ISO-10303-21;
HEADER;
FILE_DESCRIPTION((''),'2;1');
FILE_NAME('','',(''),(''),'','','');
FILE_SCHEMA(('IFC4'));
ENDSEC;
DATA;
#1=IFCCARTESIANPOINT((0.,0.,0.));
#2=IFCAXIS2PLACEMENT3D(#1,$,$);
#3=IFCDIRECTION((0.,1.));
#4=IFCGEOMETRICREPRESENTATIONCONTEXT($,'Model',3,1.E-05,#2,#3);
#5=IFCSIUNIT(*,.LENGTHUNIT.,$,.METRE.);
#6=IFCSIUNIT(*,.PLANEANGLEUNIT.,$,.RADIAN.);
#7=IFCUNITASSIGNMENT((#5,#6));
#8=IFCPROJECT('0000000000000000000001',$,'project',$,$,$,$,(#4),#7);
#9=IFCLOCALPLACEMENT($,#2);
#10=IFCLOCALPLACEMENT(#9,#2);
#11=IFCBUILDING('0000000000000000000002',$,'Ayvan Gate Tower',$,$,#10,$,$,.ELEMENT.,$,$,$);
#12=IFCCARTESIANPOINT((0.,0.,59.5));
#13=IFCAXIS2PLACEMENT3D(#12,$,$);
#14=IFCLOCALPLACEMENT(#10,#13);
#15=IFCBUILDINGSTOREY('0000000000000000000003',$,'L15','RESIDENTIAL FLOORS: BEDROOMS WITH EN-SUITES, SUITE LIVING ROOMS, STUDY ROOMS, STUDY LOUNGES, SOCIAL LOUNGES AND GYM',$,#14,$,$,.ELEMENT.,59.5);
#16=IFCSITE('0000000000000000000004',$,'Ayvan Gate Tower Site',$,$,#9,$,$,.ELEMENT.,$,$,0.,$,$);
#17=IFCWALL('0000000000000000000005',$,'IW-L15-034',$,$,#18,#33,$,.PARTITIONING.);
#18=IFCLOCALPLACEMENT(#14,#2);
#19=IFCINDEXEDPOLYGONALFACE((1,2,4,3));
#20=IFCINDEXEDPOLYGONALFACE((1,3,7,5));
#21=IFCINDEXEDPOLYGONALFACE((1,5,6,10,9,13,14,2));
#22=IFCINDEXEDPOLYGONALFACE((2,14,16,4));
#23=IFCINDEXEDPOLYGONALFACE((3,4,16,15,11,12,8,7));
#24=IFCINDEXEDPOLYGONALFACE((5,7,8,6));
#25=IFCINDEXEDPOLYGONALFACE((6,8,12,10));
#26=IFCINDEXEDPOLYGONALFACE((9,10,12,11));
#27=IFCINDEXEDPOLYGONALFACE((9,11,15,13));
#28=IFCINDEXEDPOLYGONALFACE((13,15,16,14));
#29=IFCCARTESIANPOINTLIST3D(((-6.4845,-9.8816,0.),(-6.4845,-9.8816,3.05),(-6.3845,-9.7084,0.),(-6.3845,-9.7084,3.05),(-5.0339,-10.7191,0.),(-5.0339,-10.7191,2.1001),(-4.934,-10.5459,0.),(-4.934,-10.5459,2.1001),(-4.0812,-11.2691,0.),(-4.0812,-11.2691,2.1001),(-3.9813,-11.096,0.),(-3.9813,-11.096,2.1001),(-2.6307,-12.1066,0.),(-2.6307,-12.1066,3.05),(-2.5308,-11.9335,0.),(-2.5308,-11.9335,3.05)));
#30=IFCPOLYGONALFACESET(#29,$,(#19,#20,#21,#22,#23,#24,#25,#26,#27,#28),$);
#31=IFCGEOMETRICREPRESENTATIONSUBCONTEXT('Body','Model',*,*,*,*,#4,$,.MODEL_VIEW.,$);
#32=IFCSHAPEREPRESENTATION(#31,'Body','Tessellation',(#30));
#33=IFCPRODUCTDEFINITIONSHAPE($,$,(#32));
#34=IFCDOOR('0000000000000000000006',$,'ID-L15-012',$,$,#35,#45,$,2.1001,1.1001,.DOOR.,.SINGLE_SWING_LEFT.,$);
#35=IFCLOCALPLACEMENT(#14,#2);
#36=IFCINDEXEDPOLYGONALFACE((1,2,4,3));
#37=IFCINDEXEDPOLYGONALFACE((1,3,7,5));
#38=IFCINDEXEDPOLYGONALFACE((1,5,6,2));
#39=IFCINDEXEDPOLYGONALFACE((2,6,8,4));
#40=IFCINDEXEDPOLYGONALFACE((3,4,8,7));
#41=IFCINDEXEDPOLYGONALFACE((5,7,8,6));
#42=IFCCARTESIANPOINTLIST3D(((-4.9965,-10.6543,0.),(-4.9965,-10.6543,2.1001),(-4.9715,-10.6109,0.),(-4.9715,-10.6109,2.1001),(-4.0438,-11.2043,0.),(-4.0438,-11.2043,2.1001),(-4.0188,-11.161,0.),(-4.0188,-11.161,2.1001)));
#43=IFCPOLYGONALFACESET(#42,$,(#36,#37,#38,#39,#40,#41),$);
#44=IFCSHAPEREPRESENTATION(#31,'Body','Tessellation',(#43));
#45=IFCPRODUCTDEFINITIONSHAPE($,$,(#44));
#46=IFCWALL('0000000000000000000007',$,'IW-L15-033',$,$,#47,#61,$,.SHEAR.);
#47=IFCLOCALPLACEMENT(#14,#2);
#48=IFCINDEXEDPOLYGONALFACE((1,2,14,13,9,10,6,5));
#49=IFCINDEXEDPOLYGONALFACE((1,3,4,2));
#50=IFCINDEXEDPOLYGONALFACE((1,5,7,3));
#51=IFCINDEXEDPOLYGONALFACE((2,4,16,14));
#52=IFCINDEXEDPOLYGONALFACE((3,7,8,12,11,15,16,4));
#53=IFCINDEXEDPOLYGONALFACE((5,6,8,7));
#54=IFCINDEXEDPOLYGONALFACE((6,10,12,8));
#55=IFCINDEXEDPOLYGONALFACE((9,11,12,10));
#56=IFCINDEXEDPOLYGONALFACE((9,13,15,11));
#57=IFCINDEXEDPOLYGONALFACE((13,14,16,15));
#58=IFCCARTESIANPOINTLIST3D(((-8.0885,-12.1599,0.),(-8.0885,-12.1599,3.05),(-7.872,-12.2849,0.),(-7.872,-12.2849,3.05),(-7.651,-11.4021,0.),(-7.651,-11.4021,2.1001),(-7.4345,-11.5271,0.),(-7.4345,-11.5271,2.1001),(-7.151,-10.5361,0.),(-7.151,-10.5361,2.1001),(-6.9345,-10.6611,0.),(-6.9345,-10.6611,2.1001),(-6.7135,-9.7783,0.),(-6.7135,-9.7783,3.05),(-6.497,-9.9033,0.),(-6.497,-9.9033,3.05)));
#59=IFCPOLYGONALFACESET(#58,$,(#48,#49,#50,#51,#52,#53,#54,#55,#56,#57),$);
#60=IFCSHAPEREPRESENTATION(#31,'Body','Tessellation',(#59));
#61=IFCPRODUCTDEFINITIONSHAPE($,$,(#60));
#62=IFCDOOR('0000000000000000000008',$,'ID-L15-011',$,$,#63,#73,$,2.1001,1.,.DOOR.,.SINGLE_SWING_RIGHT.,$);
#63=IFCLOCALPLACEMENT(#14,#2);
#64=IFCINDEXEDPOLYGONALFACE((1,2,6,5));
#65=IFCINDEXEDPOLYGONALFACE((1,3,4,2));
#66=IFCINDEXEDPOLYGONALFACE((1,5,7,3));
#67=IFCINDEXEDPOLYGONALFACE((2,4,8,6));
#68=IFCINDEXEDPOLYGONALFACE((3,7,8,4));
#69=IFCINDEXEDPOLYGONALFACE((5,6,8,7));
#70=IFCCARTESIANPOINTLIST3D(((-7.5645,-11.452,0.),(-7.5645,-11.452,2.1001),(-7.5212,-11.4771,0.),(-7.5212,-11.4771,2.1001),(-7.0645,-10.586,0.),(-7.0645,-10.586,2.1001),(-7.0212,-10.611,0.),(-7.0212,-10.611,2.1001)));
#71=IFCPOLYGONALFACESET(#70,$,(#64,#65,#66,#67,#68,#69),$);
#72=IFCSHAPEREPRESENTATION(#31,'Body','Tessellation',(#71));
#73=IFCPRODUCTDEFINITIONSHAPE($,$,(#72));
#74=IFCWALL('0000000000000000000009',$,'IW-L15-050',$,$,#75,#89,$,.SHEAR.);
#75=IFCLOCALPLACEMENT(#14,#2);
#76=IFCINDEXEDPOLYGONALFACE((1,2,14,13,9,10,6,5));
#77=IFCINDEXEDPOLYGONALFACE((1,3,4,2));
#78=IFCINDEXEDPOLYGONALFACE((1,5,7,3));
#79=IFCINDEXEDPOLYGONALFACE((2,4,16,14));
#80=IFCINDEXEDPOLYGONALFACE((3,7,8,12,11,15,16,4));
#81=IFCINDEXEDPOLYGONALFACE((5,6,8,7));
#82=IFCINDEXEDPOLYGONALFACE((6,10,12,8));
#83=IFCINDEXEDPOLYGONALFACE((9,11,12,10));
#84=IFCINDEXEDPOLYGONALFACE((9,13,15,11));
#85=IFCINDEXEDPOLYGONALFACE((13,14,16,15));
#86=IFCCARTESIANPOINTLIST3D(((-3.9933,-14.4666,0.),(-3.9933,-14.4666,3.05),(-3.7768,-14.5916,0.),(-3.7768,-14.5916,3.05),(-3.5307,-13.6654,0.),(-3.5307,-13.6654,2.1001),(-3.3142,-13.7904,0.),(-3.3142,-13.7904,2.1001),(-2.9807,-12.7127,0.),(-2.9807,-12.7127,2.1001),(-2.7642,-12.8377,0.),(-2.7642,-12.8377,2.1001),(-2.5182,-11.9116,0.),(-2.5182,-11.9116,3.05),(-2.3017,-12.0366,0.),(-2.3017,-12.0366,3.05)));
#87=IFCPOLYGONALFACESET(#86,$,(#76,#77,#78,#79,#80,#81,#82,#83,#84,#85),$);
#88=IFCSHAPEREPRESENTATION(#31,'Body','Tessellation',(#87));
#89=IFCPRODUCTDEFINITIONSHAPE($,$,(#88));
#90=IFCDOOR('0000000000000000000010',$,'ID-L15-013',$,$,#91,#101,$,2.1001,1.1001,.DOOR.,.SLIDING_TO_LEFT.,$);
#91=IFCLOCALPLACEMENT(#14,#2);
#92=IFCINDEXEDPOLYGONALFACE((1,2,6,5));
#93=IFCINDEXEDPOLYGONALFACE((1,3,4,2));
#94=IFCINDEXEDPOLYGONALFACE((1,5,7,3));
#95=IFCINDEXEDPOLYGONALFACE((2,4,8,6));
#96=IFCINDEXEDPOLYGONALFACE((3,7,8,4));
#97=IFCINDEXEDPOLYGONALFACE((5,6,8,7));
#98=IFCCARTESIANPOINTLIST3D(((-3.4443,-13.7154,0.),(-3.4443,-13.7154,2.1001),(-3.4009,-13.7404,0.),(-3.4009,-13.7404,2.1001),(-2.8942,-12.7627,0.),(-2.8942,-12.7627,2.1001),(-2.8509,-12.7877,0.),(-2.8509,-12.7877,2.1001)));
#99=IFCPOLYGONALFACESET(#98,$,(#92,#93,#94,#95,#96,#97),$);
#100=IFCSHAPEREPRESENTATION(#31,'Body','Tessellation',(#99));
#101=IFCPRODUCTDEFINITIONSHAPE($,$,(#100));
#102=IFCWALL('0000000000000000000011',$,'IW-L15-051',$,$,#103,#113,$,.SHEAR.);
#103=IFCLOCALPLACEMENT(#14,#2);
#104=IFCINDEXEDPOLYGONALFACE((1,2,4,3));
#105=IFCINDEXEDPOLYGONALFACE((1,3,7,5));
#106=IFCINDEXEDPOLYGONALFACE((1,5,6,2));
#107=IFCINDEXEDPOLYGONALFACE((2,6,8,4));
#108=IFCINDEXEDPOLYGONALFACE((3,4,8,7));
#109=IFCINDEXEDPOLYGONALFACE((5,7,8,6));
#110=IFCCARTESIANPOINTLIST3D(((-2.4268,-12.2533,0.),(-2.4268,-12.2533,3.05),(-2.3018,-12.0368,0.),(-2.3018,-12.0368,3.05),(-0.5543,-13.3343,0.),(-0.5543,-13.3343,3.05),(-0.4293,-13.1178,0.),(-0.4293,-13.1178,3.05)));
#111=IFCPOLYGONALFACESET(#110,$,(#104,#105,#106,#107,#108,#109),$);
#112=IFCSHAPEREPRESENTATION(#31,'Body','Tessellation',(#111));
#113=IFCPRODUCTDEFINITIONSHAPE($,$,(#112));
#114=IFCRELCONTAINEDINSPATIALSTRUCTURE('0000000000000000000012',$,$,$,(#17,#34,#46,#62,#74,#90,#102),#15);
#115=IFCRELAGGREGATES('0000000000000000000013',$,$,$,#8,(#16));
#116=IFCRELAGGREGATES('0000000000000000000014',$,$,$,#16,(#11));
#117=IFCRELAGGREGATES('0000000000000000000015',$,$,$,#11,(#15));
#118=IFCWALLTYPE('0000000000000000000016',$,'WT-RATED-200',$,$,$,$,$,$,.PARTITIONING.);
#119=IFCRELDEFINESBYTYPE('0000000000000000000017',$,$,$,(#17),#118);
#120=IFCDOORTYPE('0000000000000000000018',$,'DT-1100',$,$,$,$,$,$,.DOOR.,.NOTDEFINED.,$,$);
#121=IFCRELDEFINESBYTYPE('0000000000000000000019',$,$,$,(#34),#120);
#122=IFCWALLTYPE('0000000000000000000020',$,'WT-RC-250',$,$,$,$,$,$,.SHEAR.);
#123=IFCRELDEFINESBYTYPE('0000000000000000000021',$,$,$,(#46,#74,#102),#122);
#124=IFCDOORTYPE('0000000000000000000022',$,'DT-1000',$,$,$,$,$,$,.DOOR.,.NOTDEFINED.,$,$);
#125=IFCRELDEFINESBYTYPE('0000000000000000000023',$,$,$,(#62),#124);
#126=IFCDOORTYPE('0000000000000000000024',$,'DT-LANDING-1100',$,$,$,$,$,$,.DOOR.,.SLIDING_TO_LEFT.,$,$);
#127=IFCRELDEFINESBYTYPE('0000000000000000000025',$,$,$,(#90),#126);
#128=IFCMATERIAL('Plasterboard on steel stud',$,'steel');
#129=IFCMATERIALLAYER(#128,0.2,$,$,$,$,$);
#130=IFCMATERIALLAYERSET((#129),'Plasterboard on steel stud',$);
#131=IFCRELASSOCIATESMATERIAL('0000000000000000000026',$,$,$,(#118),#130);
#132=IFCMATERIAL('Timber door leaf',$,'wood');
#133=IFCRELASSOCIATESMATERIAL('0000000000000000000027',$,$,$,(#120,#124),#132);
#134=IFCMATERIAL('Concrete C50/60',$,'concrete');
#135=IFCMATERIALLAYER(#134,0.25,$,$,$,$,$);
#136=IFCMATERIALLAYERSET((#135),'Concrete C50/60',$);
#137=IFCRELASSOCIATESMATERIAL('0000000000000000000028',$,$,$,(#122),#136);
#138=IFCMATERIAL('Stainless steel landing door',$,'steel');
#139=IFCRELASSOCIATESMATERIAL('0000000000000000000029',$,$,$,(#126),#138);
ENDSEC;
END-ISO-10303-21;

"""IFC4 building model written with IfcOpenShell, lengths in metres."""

from ifc_helpers import new_model, si_unit, direction, frame, frame_2d, origin, place, context, subcontext, project, spatial, rectangle, extrude, material, layer, layer_set, type_object, element, fill, save


model = new_model("IFC4")

# Units and contexts
model_context = context("Model", 3, precision=1e-05, world=origin(), true_north=direction((0.0, 1.0)))
body_context = subcontext(model_context, "Body", "Model", "MODEL_VIEW")
ifc_project = project(units=[si_unit("LENGTHUNIT", "METRE"), si_unit("PLANEANGLEUNIT", "RADIAN")], contexts=[model_context])

# Site, building, storey
site_placement = place(None, origin())
site = spatial("IfcSite", under=ifc_project, at=site_placement, Name="Ayvan Gate Tower Site", CompositionType="ELEMENT", RefElevation=0.0)
building_placement = place(site_placement, origin())
building = spatial("IfcBuilding", under=site, at=building_placement, Name="Ayvan Gate Tower", CompositionType="ELEMENT")
storey_placement = place(building_placement, frame((0.0, 0.0, 59.5)))
storey = spatial("IfcBuildingStorey", under=building, at=storey_placement, Name="L15", Description="RESIDENTIAL FLOORS: BEDROOMS WITH EN-SUITES, SUITE LIVING ROOMS, STUDY ROOMS, STUDY LOUNGES, SOCIAL LOUNGES AND GYM", CompositionType="ELEMENT", Elevation=59.5)

# Walls, openings, doors
ifc_material_1 = material(Name="Plasterboard on steel stud", Category="steel")
ifc_layer_1 = layer(ifc_material_1, 0.2)
ifc_layer_set_1 = layer_set([ifc_layer_1], Name="Plasterboard on steel stud")
wall_type_1 = type_object("IfcWallType", Name="WT-RATED-200", PredefinedType="PARTITIONING", material=ifc_layer_set_1)
wall_1_placement = place(storey_placement, frame((-6.4346, -9.7949, 0.0), z_axis=(0.0, 0.0, 1.0), x_axis=(0.866013, -0.500022, 0.0)))
wall_1 = element("IfcWall", 1, at=wall_1_placement, inside=storey, type_object=wall_type_1, Name="IW-L15-034", PredefinedType="PARTITIONING", context=body_context, shape_type="SweptSolid", body=[
    extrude(rectangle(XDim=4.45, YDim=0.2, at=frame_2d((2.2251, 0.0))), origin(), (0.0, 0.0, 1.0), 3.05),
])
opening_1_placement = place(wall_1_placement, frame((1.675, 0.0, 0.0)))
opening_1 = element("IfcOpeningElement", 2, at=opening_1_placement, cuts=wall_1, PredefinedType="OPENING", context=body_context, shape_type="SweptSolid", body=[
    extrude(rectangle(XDim=1.1001, YDim=2.1001, at=frame_2d((0.55, 1.05))), frame((0.0, 0.1099, 0.0), z_axis=(0.0, -1.0, 0.0), x_axis=(1.0, 0.0, 0.0)), (0.0, 0.0, 1.0), 0.22),
])
ifc_material_2 = material(Name="Timber door leaf", Category="wood")
door_type_1 = type_object("IfcDoorType", Name="DT-1100", OperationType="NOTDEFINED", PredefinedType="DOOR", material=ifc_material_2)
door_1_placement = place(opening_1_placement, origin())
door_1 = element("IfcDoor", 3, at=door_1_placement, inside=storey, type_object=door_type_1, Name="ID-L15-012", OperationType="SINGLE_SWING_LEFT", OverallHeight=2.1001, OverallWidth=1.1001, PredefinedType="DOOR", context=body_context, shape_type="SweptSolid", body=[
    extrude(rectangle(XDim=1.1001, YDim=2.1001, at=frame_2d((0.55, 1.05))), frame((0.0, 0.0249, 0.0), z_axis=(0.0, -1.0, 0.0), x_axis=(1.0, 0.0, 0.0)), (0.0, 0.0, 1.0), 0.05),
])
fill(opening_1, door_1)
ifc_material_3 = material(Name="Concrete C50/60", Category="concrete")
ifc_layer_2 = layer(ifc_material_3, 0.25)
ifc_layer_set_2 = layer_set([ifc_layer_2], Name="Concrete C50/60")
wall_type_2 = type_object("IfcWallType", Name="WT-RC-250", PredefinedType="SHEAR", material=ifc_layer_set_2)
wall_2_placement = place(storey_placement, frame((-6.6052, -9.8408, 0.0), z_axis=(0.0, 0.0, 1.0), x_axis=(-0.499997, -0.866027, 0.0)))
wall_2 = element("IfcWall", 4, at=wall_2_placement, inside=storey, type_object=wall_type_2, Name="IW-L15-033", PredefinedType="SHEAR", context=body_context, shape_type="SweptSolid", body=[
    extrude(rectangle(XDim=2.75, YDim=0.25, at=frame_2d((1.375, 0.0))), origin(), (0.0, 0.0, 1.0), 3.05),
])
opening_2_placement = place(wall_2_placement, frame((0.875, 0.0, 0.0)))
opening_2 = element("IfcOpeningElement", 5, at=opening_2_placement, cuts=wall_2, PredefinedType="OPENING", context=body_context, shape_type="SweptSolid", body=[
    extrude(rectangle(XDim=1.0, YDim=2.1001, at=frame_2d((0.5, 1.05))), frame((0.0, 0.135, 0.0), z_axis=(0.0, -1.0, 0.0), x_axis=(1.0, 0.0, 0.0)), (0.0, 0.0, 1.0), 0.27),
])
door_type_2 = type_object("IfcDoorType", Name="DT-1000", OperationType="NOTDEFINED", PredefinedType="DOOR", material=ifc_material_2)
door_2_placement = place(opening_2_placement, origin())
door_2 = element("IfcDoor", 6, at=door_2_placement, inside=storey, type_object=door_type_2, Name="ID-L15-011", OperationType="SINGLE_SWING_RIGHT", OverallHeight=2.1001, OverallWidth=1.0, PredefinedType="DOOR", context=body_context, shape_type="SweptSolid", body=[
    extrude(rectangle(XDim=1.0, YDim=2.1001, at=frame_2d((0.5, 1.05))), frame((0.0, 0.0249, 0.0), z_axis=(0.0, -1.0, 0.0), x_axis=(1.0, 0.0, 0.0)), (0.0, 0.0, 1.0), 0.05),
])
fill(opening_2, door_2)
wall_3_placement = place(storey_placement, frame((-2.4099, -11.9741, 0.0), z_axis=(0.0, 0.0, 1.0), x_axis=(-0.500002, -0.866024, 0.0)))
wall_3 = element("IfcWall", 7, at=wall_3_placement, inside=storey, type_object=wall_type_2, Name="IW-L15-050", PredefinedType="SHEAR", context=body_context, shape_type="SweptSolid", body=[
    extrude(rectangle(XDim=2.9502, YDim=0.25, at=frame_2d((1.4751, 0.0))), origin(), (0.0, 0.0, 1.0), 3.05),
])
opening_3_placement = place(wall_3_placement, frame((0.925, 0.0, 0.0)))
opening_3 = element("IfcOpeningElement", 8, at=opening_3_placement, cuts=wall_3, PredefinedType="OPENING", context=body_context, shape_type="SweptSolid", body=[
    extrude(rectangle(XDim=1.1001, YDim=2.1001, at=frame_2d((0.55, 1.05))), frame((0.0, 0.135, 0.0), z_axis=(0.0, -1.0, 0.0), x_axis=(1.0, 0.0, 0.0)), (0.0, 0.0, 1.0), 0.27),
])
ifc_material_4 = material(Name="Stainless steel landing door", Category="steel")
door_type_3 = type_object("IfcDoorType", Name="DT-LANDING-1100", OperationType="SLIDING_TO_LEFT", PredefinedType="DOOR", material=ifc_material_4)
door_3_placement = place(opening_3_placement, origin())
door_3 = element("IfcDoor", 9, at=door_3_placement, inside=storey, type_object=door_type_3, Name="ID-L15-013", OperationType="SLIDING_TO_LEFT", OverallHeight=2.1001, OverallWidth=1.1001, PredefinedType="DOOR", context=body_context, shape_type="SweptSolid", body=[
    extrude(rectangle(XDim=1.1001, YDim=2.1001, at=frame_2d((0.55, 1.05))), frame((0.0, 0.0249, 0.0), z_axis=(0.0, -1.0, 0.0), x_axis=(1.0, 0.0, 0.0)), (0.0, 0.0, 1.0), 0.05),
])
fill(opening_3, door_3)

# Wall
wall_4_placement = place(storey_placement, frame((-2.3643, -12.145, 0.0), z_axis=(0.0, 0.0, 1.0), x_axis=(0.866039, -0.499977, 0.0)))
element("IfcWall", 10, at=wall_4_placement, inside=storey, type_object=wall_type_2, Name="IW-L15-051", PredefinedType="SHEAR", context=body_context, shape_type="SweptSolid", body=[
    extrude(rectangle(XDim=2.1621, YDim=0.25, at=frame_2d((1.0811, 0.0))), origin(), (0.0, 0.0, 1.0), 3.05),
])

save(model, "model.ifc")
